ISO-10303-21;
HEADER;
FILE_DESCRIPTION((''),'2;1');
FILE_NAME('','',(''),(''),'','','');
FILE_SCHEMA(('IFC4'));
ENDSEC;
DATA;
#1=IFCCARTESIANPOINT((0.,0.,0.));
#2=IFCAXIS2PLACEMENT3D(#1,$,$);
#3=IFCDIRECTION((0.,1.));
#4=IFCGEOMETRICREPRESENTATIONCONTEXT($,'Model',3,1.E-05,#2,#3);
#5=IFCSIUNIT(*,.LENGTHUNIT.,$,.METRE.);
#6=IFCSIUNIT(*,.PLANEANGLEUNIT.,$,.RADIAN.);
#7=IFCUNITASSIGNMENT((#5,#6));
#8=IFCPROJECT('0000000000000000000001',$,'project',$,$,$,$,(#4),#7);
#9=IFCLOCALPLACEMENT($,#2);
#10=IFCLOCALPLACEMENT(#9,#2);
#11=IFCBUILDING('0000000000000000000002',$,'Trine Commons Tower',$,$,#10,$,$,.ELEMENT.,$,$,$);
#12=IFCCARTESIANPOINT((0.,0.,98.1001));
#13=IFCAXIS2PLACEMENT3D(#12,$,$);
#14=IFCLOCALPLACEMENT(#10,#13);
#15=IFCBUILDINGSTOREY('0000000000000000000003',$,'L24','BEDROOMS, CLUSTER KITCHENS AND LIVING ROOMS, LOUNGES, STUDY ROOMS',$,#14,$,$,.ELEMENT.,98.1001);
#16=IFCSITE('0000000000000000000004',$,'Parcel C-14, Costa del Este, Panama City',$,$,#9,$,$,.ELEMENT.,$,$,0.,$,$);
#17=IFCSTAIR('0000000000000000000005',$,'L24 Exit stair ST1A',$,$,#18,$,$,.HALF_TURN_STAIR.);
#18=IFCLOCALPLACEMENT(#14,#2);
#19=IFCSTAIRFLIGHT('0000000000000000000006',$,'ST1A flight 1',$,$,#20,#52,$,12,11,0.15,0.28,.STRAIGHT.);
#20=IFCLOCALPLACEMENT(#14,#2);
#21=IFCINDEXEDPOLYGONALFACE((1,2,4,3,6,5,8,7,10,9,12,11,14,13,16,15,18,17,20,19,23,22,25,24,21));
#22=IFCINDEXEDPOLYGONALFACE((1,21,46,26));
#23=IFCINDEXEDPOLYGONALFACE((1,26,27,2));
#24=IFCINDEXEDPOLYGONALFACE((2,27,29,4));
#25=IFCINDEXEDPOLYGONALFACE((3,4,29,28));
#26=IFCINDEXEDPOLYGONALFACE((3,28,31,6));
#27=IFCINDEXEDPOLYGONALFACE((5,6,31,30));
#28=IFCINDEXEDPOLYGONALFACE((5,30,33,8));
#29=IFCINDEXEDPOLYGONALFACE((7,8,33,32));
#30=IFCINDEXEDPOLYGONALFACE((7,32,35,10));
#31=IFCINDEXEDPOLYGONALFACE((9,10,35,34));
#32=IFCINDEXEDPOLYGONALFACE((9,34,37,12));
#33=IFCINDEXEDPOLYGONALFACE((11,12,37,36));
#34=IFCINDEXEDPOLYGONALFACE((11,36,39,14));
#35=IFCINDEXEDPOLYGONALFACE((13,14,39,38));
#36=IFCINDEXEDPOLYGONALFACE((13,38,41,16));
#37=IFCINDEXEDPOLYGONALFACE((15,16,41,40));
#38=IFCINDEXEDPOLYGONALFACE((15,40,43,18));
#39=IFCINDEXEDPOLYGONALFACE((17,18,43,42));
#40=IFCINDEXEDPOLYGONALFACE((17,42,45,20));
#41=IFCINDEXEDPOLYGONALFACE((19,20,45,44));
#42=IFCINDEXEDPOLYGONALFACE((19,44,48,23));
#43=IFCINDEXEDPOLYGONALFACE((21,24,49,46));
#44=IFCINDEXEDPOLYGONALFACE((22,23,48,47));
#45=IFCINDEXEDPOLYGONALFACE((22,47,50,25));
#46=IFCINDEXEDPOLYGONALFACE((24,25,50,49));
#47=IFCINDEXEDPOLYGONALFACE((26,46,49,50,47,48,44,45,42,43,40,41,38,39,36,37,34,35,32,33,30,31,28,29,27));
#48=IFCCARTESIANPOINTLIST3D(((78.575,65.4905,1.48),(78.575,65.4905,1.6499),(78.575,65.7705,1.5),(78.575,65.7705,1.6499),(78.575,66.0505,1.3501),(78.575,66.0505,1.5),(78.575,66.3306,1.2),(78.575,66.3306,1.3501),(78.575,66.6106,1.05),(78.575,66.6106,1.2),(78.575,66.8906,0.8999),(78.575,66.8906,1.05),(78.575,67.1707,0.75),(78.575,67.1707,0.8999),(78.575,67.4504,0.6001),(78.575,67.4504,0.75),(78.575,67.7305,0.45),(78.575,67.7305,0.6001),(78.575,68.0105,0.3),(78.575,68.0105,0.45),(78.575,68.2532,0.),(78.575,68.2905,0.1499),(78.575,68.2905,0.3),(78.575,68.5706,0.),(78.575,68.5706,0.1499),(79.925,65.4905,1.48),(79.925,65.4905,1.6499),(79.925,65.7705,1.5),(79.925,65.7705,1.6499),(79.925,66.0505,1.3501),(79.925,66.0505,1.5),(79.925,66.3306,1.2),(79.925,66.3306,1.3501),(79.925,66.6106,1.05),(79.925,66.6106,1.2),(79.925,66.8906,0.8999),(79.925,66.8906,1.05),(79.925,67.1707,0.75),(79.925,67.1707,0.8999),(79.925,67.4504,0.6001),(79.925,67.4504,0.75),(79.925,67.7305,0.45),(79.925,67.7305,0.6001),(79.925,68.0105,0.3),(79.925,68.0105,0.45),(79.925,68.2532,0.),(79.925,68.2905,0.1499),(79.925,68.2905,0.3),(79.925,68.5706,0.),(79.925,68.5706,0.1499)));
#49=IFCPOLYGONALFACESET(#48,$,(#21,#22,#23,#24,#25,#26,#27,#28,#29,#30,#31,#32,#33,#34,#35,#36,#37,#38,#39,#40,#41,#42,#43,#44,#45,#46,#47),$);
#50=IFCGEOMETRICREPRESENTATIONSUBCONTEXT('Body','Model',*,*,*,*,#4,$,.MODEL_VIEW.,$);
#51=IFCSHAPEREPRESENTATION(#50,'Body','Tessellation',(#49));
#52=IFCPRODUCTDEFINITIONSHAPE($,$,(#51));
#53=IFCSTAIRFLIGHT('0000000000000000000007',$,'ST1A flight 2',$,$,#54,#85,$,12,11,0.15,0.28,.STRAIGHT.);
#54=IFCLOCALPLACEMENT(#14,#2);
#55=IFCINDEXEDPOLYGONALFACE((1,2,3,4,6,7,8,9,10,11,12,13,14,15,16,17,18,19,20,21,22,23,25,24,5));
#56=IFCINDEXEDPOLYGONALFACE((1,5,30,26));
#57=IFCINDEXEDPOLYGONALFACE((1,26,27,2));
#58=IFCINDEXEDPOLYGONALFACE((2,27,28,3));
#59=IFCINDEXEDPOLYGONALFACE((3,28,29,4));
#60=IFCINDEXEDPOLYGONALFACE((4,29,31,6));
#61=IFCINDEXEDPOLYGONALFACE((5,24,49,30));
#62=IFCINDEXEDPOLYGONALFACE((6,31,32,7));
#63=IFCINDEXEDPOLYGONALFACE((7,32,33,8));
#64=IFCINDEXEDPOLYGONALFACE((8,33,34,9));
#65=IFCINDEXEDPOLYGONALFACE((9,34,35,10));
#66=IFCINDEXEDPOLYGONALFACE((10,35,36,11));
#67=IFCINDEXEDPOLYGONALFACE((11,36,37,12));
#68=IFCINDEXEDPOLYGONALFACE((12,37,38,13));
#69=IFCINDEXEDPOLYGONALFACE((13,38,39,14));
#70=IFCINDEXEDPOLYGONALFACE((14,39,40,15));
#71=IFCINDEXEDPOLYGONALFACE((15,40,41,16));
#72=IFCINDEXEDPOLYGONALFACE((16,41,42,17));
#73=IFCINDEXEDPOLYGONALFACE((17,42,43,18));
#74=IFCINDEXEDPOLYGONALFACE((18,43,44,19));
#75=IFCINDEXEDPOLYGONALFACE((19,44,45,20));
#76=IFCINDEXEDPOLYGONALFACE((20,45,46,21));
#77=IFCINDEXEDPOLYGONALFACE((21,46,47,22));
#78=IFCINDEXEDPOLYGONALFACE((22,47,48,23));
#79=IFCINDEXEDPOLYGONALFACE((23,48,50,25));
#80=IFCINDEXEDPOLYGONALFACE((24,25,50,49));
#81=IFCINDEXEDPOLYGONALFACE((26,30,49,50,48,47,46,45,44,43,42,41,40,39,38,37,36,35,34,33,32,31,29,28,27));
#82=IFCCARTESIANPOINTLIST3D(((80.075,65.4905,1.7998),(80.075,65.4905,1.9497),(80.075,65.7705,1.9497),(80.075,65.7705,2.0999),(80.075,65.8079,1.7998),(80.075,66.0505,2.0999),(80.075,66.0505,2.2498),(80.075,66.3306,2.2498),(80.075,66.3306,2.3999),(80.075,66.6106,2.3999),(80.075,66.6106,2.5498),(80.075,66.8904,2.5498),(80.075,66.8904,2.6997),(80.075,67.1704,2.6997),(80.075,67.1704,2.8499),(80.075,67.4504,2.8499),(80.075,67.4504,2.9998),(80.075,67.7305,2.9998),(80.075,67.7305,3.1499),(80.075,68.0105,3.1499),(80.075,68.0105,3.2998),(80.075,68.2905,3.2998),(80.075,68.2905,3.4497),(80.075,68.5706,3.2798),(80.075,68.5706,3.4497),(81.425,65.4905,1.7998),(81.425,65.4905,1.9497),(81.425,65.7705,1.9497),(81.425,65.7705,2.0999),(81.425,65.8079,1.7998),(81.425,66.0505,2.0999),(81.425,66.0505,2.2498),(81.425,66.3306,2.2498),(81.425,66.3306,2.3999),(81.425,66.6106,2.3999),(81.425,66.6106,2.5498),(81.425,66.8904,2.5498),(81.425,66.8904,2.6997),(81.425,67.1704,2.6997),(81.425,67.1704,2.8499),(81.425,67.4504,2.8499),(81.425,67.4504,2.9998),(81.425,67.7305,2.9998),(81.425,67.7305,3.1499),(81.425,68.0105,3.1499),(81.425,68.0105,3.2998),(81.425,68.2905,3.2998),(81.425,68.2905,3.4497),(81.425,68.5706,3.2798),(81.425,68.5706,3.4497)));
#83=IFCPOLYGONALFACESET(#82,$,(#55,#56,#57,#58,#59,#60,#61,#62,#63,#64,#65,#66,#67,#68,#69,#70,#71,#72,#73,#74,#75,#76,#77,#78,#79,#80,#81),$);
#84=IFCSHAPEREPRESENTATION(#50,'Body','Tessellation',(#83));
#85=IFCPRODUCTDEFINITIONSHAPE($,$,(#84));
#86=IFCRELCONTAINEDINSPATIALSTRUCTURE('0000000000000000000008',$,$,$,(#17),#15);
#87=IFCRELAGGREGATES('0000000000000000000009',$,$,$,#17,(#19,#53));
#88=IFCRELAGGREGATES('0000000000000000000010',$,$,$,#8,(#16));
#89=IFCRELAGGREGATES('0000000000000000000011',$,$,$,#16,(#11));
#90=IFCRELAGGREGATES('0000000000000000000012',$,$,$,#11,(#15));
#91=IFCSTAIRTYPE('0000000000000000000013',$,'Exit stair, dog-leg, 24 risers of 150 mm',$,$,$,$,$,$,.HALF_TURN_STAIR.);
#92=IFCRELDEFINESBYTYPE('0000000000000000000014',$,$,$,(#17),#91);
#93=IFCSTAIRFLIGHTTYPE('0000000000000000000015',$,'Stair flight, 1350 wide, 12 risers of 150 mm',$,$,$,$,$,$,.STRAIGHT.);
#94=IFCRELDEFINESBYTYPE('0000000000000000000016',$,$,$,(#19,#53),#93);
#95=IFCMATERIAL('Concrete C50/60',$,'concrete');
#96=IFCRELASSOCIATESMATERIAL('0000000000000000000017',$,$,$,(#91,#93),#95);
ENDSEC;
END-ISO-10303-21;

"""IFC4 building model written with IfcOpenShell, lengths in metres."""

from ifc_helpers import new_model, si_unit, direction, frame, origin, place, context, subcontext, project, spatial, polyline, outline, extrude, material, type_object, element, aggregate, save


model = new_model("IFC4")

# Units and contexts
model_context = context("Model", 3, precision=1e-05, world=origin(), true_north=direction((0.0, 1.0)))
body_context = subcontext(model_context, "Body", "Model", "MODEL_VIEW")
ifc_project = project(units=[si_unit("LENGTHUNIT", "METRE"), si_unit("PLANEANGLEUNIT", "RADIAN")], contexts=[model_context])

# Site, building, storey
site_placement = place(None, origin())
site = spatial("IfcSite", under=ifc_project, at=site_placement, Name="Parcel C-14, Costa del Este, Panama City", CompositionType="ELEMENT", RefElevation=0.0)
building_placement = place(site_placement, origin())
building = spatial("IfcBuilding", under=site, at=building_placement, Name="Trine Commons Tower", CompositionType="ELEMENT")
storey_placement = place(building_placement, frame((0.0, 0.0, 98.1001)))
storey = spatial("IfcBuildingStorey", under=building, at=storey_placement, Name="L24", Description="BEDROOMS, CLUSTER KITCHENS AND LIVING ROOMS, LOUNGES, STUDY ROOMS", CompositionType="ELEMENT", Elevation=98.1001)

# Shared definitions
ifc_material_1 = material(Name="Concrete C50/60", Category="concrete")

# Stair, stair flights
stair_type = type_object("IfcStairType", Name="Exit stair, dog-leg, 24 risers of 150 mm", PredefinedType="HALF_TURN_STAIR", material=ifc_material_1)
stair_placement = place(storey_placement, origin())
stair = element("IfcStair", 1, at=stair_placement, inside=storey, type_object=stair_type, Name="L24 Exit stair ST1A", PredefinedType="HALF_TURN_STAIR")
stair_flight_type = type_object("IfcStairFlightType", Name="Stair flight, 1350 wide, 12 risers of 150 mm", PredefinedType="STRAIGHT", material=ifc_material_1)
stair_flight_1_placement = place(storey_placement, frame((79.25, 68.5706, 0.0), z_axis=(0.0, 0.0, 1.0), x_axis=(0.0, -1.0, 0.0)))
stair_flight_1 = element("IfcStairFlight", 2, at=stair_flight_1_placement, type_object=stair_flight_type, Name="ST1A flight 1", NumberOfRisers=12, NumberOfTreads=11, PredefinedType="STRAIGHT", RiserHeight=0.15, TreadLength=0.28, context=body_context, shape_type="SweptSolid", body=[
    extrude(outline(polyline([(0.0, 0.0), (0.0, 0.1499), (0.28, 0.1499), (0.28, 0.3), (0.5601, 0.3), (0.5601, 0.45), (0.8401, 0.45), (0.8401, 0.6001), (1.1201, 0.6001), (1.1201, 0.75), (1.3999, 0.75), (1.3999, 0.8999), (1.6799, 0.8999), (1.6799, 1.05), (1.96, 1.05), (1.96, 1.2), (2.24, 1.2), (2.24, 1.3501), (2.52, 1.3501), (2.52, 1.5), (2.8, 1.5), (2.8, 1.6499), (3.0801, 1.6499), (3.0801, 1.8), (3.0801, 1.48), (0.3174, 0.0), (0.0, 0.0)])), frame((0.0, 0.675, 0.0), z_axis=(0.0, -1.0, 0.0), x_axis=(1.0, 0.0, 0.0)), (0.0, 0.0, 1.0), 1.3501),
])
stair_flight_2_placement = place(storey_placement, frame((80.75, 65.4905, 1.7998), z_axis=(0.0, 0.0, 1.0), x_axis=(0.0, 1.0, 0.0)))
stair_flight_2 = element("IfcStairFlight", 3, at=stair_flight_2_placement, type_object=stair_flight_type, Name="ST1A flight 2", NumberOfRisers=12, NumberOfTreads=11, PredefinedType="STRAIGHT", RiserHeight=0.15, TreadLength=0.28, context=body_context, shape_type="SweptSolid", body=[
    extrude(outline(polyline([(0.0, 0.0), (0.0, 0.1499), (0.28, 0.1499), (0.28, 0.3), (0.5601, 0.3), (0.5601, 0.45), (0.8401, 0.45), (0.8401, 0.6001), (1.1201, 0.6001), (1.1201, 0.75), (1.3999, 0.75), (1.3999, 0.8999), (1.6799, 0.8999), (1.6799, 1.05), (1.96, 1.05), (1.96, 1.2), (2.24, 1.2), (2.24, 1.3501), (2.52, 1.3501), (2.52, 1.5), (2.8, 1.5), (2.8, 1.6499), (3.0801, 1.6499), (3.0801, 1.8), (3.0801, 1.48), (0.3174, 0.0), (0.0, 0.0)])), frame((0.0, 0.675, 0.0), z_axis=(0.0, -1.0, 0.0), x_axis=(1.0, 0.0, 0.0)), (0.0, 0.0, 1.0), 1.3501),
])
aggregate(stair, [stair_flight_1, stair_flight_2])

save(model, "model.ifc")
